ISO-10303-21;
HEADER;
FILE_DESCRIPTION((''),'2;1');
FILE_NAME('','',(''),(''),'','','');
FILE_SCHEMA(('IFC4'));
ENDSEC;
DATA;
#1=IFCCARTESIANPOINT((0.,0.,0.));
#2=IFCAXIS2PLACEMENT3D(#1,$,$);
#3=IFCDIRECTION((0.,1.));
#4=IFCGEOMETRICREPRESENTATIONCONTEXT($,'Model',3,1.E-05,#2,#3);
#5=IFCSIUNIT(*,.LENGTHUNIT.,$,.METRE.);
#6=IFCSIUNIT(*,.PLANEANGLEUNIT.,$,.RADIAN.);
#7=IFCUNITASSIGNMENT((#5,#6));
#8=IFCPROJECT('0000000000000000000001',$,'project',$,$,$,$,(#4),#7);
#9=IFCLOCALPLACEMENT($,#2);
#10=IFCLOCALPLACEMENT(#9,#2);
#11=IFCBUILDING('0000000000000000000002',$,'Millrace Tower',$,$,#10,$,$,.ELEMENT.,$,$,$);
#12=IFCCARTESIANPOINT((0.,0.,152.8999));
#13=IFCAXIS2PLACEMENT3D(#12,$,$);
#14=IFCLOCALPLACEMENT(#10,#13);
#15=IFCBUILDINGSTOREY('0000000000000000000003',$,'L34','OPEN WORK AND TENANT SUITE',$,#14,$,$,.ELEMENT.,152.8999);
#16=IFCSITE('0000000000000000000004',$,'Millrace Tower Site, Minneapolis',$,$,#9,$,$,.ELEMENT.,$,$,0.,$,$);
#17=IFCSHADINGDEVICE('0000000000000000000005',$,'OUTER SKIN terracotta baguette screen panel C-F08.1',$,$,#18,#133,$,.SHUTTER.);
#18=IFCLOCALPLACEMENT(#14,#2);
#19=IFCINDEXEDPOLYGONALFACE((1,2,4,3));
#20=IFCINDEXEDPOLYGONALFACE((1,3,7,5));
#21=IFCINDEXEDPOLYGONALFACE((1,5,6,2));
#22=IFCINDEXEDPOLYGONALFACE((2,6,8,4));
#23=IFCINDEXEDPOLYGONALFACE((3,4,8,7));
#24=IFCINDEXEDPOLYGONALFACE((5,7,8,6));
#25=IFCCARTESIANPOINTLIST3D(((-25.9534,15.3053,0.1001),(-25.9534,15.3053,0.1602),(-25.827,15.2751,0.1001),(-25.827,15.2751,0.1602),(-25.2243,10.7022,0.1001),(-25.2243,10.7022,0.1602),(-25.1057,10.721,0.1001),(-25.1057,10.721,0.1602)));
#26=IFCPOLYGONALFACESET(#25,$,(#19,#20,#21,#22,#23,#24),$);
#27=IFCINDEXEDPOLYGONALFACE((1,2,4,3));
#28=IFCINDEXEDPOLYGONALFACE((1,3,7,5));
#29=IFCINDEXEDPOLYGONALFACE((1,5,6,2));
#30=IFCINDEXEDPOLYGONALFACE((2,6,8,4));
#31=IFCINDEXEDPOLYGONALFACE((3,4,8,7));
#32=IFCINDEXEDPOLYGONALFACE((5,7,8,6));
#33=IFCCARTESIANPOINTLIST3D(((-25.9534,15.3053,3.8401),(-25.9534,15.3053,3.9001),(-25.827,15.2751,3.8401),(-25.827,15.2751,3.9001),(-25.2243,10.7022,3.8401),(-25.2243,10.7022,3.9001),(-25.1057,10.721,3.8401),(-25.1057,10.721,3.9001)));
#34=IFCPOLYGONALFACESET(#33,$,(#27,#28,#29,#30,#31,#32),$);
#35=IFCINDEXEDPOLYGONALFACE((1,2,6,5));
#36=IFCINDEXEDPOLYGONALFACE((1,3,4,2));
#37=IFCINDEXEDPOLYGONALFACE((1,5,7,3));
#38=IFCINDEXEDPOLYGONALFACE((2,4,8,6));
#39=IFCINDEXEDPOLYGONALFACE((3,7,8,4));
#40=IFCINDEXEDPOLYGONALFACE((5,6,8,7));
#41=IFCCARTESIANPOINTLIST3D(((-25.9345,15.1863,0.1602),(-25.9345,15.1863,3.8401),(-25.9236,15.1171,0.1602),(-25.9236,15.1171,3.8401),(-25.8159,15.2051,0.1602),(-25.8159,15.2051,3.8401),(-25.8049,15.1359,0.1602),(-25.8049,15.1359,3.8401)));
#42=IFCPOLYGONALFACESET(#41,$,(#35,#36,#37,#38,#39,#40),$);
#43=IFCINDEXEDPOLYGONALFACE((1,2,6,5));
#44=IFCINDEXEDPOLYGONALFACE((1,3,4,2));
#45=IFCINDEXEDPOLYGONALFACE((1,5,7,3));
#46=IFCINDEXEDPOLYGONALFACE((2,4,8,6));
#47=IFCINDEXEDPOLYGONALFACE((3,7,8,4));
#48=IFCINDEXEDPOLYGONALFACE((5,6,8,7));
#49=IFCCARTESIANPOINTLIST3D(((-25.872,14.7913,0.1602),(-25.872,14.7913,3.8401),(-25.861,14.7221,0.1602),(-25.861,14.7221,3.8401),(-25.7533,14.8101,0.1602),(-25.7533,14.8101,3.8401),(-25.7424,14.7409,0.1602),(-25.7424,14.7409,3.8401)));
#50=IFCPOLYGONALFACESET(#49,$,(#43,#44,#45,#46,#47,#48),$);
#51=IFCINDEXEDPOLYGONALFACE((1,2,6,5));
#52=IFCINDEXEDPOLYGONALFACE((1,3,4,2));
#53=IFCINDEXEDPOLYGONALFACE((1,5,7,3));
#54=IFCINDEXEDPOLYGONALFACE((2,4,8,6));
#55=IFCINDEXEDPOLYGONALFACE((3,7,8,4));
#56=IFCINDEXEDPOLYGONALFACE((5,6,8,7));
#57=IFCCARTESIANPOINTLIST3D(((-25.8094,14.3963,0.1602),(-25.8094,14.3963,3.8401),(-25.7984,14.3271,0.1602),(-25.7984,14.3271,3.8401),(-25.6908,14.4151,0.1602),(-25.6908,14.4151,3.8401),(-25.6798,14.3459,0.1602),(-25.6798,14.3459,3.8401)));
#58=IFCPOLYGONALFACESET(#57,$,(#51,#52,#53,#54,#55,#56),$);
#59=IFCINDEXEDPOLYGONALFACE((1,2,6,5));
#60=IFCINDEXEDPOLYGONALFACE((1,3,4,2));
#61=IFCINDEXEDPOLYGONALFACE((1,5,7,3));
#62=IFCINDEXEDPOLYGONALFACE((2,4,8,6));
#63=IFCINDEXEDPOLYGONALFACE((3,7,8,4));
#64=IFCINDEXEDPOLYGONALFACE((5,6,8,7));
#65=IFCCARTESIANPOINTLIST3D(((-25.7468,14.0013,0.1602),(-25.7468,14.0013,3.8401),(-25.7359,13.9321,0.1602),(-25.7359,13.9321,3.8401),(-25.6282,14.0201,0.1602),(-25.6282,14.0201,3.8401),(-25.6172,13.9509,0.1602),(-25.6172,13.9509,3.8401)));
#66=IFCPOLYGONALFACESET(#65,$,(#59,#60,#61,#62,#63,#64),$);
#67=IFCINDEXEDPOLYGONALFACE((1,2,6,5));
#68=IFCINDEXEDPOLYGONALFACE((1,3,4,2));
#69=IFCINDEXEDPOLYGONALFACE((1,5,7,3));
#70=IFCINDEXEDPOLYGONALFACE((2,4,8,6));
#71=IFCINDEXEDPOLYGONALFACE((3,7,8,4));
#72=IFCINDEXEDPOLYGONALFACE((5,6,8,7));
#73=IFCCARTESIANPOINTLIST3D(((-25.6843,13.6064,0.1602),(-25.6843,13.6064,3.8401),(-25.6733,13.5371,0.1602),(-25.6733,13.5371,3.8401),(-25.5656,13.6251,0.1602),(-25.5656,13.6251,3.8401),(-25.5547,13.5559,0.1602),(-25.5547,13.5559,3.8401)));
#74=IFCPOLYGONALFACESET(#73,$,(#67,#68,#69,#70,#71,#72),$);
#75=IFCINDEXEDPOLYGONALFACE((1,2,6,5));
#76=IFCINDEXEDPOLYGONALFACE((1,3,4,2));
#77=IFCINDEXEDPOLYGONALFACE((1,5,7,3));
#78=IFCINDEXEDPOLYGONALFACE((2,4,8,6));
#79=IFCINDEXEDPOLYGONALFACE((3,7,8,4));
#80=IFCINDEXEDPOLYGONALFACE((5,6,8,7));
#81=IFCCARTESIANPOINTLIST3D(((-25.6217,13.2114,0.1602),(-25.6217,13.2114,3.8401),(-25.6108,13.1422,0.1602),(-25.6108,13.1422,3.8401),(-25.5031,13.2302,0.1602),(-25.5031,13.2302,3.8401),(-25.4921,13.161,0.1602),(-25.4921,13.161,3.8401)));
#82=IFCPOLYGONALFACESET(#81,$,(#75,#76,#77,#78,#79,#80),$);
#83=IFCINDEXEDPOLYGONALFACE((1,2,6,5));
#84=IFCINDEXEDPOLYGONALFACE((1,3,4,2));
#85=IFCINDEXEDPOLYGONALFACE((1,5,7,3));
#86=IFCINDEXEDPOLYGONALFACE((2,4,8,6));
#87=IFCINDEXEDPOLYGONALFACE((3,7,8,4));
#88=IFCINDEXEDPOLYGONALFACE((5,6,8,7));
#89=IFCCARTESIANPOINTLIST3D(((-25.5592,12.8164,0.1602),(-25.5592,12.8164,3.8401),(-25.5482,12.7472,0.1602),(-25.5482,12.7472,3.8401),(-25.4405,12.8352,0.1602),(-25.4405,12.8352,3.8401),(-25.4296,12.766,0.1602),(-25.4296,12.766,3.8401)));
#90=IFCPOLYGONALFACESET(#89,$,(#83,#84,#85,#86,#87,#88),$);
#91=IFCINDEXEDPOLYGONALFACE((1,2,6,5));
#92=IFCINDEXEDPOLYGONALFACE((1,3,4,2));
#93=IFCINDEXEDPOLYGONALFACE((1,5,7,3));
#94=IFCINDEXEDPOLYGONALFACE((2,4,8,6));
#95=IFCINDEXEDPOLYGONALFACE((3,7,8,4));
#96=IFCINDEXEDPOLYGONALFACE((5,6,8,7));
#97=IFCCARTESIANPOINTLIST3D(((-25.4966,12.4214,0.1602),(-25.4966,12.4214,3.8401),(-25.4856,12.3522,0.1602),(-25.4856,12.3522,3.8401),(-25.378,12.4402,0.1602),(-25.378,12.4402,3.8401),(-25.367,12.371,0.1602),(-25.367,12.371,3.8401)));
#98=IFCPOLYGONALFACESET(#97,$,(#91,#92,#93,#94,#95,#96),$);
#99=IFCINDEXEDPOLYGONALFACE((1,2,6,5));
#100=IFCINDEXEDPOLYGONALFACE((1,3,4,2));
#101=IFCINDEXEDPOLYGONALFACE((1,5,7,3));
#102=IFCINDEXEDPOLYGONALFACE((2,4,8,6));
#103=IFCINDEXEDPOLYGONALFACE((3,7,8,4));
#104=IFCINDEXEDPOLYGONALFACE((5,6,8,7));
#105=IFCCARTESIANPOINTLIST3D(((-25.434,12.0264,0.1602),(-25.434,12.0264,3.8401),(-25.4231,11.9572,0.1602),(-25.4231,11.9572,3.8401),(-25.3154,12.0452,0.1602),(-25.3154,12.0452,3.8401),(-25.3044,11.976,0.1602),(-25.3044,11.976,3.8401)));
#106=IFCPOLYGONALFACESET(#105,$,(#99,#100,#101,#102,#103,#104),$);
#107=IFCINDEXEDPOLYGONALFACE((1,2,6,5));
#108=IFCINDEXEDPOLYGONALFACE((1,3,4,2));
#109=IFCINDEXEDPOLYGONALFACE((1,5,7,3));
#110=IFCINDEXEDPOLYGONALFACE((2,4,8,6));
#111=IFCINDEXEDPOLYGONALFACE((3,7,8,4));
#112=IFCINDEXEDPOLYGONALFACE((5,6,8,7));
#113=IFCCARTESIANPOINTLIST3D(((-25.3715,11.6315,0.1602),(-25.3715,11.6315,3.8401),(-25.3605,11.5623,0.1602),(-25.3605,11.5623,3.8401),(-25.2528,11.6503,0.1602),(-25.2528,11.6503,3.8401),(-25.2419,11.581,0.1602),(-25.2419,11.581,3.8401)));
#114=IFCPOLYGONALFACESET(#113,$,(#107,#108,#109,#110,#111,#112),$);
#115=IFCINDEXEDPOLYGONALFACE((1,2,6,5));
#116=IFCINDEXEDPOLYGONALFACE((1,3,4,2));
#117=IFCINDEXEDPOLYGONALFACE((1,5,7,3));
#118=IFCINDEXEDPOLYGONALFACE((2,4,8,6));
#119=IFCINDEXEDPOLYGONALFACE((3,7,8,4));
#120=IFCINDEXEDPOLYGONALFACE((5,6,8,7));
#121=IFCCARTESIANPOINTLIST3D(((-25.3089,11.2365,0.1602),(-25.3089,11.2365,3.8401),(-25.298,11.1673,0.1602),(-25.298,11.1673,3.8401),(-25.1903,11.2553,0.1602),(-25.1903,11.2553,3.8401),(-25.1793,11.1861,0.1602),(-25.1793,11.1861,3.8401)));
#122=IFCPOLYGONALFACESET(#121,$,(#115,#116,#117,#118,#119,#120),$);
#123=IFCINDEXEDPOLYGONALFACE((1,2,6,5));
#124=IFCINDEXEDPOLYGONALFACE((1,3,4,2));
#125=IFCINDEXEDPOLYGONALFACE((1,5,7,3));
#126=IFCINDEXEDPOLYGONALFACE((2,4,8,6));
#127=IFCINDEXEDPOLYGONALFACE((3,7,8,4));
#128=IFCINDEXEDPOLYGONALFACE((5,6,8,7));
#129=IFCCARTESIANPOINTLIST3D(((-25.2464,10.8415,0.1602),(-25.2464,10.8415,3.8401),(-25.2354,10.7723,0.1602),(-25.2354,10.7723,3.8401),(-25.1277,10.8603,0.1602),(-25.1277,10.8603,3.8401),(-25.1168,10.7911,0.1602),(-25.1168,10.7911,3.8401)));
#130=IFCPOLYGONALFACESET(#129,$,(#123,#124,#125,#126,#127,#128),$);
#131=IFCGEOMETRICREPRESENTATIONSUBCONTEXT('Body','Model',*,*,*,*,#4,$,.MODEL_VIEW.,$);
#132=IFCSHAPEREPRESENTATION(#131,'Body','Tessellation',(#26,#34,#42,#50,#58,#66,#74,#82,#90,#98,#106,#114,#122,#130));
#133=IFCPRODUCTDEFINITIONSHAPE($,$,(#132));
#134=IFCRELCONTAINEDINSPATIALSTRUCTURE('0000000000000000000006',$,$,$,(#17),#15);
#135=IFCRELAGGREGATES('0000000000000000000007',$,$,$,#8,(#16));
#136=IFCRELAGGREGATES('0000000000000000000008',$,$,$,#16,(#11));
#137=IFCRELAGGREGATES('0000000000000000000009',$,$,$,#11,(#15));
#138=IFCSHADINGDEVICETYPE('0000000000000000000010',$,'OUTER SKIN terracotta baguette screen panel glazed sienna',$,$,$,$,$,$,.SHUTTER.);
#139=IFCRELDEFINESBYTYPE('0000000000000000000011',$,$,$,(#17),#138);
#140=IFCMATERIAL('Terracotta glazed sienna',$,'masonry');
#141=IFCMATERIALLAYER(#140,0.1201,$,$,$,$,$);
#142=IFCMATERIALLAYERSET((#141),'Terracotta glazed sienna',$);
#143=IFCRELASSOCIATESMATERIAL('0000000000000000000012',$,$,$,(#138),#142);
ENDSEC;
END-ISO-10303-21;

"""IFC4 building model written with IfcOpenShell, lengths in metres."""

from ifc_helpers import new_model, entity, si_unit, direction, frame, frame_2d, origin, place, context, subcontext, project, spatial, rectangle, extrude, source, transform, mapped, material, layer, layer_set, type_object, element, save


model = new_model("IFC4")

# Units and contexts
model_context = context("Model", 3, precision=1e-05, world=origin(), true_north=direction((0.0, 1.0)))
body_context = subcontext(model_context, "Body", "Model", "MODEL_VIEW")
ifc_project = project(units=[si_unit("LENGTHUNIT", "METRE"), si_unit("PLANEANGLEUNIT", "RADIAN")], contexts=[model_context])

# Site, building, storey
site_placement = place(None, origin())
site = spatial("IfcSite", under=ifc_project, at=site_placement, Name="Millrace Tower Site, Minneapolis", CompositionType="ELEMENT", RefElevation=0.0)
building_placement = place(site_placement, origin())
building = spatial("IfcBuilding", under=site, at=building_placement, Name="Millrace Tower", CompositionType="ELEMENT")
storey_placement = place(building_placement, frame((0.0, 0.0, 152.8999)))
storey = spatial("IfcBuildingStorey", under=building, at=storey_placement, Name="L34", Description="OPEN WORK AND TENANT SUITE", CompositionType="ELEMENT", Elevation=152.8999)

# Shading device
ifc_material_1 = material(Name="Terracotta glazed sienna", Category="masonry")
ifc_layer_1 = layer(ifc_material_1, 0.1201)
ifc_layer_set_1 = layer_set([ifc_layer_1], Name="Terracotta glazed sienna")
shading_device_type = type_object("IfcShadingDeviceType", Name="OUTER SKIN terracotta baguette screen panel glazed sienna", PredefinedType="SHUTTER", material=ifc_layer_set_1)
cartesian_point_1 = entity("IfcCartesianPoint", [-2.293, 0.0601])
shared_polyline_1 = entity("IfcPolyline", [cartesian_point_1, entity("IfcCartesianPoint", [2.3179, 0.0601]), entity("IfcCartesianPoint", [2.3179, -0.0601]), entity("IfcCartesianPoint", [-2.3425, -0.0601]), cartesian_point_1])
shared_shape_1 = source(origin(), body_context, "Body", "SweptSolid", [
    entity("IfcExtrudedAreaSolid", entity("IfcArbitraryClosedProfileDef", "AREA", None, shared_polyline_1), entity("IfcAxis2Placement3D", entity("IfcCartesianPoint", [0.0, 0.0, 0.0])), entity("IfcDirection", [0.0, 0.0, 1.0]), 0.0601),
    entity("IfcExtrudedAreaSolid", entity("IfcArbitraryClosedProfileDef", "AREA", None, shared_polyline_1), entity("IfcAxis2Placement3D", entity("IfcCartesianPoint", [0.0, 0.0, 3.74])), entity("IfcDirection", [0.0, 0.0, 1.0]), 0.0601),
    extrude(rectangle(XDim=0.0701, YDim=0.1201, at=frame_2d((-2.187, 0.0))), frame((0.0, 0.0, 0.0601)), (0.0, 0.0, 1.0), 3.6799),
    extrude(rectangle(XDim=0.0701, YDim=0.1201, at=frame_2d((-1.7871, 0.0))), frame((0.0, 0.0, 0.0601)), (0.0, 0.0, 1.0), 3.6799),
    extrude(rectangle(XDim=0.0701, YDim=0.1201, at=frame_2d((-1.3872, 0.0))), frame((0.0, 0.0, 0.0601)), (0.0, 0.0, 1.0), 3.6799),
    extrude(rectangle(XDim=0.0701, YDim=0.1201, at=frame_2d((-0.9873, 0.0))), frame((0.0, 0.0, 0.0601)), (0.0, 0.0, 1.0), 3.6799),
    extrude(rectangle(XDim=0.0701, YDim=0.1201, at=frame_2d((-0.5874, 0.0))), frame((0.0, 0.0, 0.0601)), (0.0, 0.0, 1.0), 3.6799),
    extrude(rectangle(XDim=0.0701, YDim=0.1201, at=frame_2d((-0.1875, 0.0))), frame((0.0, 0.0, 0.0601)), (0.0, 0.0, 1.0), 3.6799),
    extrude(rectangle(XDim=0.0701, YDim=0.1201, at=frame_2d((0.2124, 0.0))), frame((0.0, 0.0, 0.0601)), (0.0, 0.0, 1.0), 3.6799),
    extrude(rectangle(XDim=0.0701, YDim=0.1201, at=frame_2d((0.6123, 0.0))), frame((0.0, 0.0, 0.0601)), (0.0, 0.0, 1.0), 3.6799),
    extrude(rectangle(XDim=0.0701, YDim=0.1201, at=frame_2d((1.0122, 0.0))), frame((0.0, 0.0, 0.0601)), (0.0, 0.0, 1.0), 3.6799),
    extrude(rectangle(XDim=0.0701, YDim=0.1201, at=frame_2d((1.4121, 0.0))), frame((0.0, 0.0, 0.0601)), (0.0, 0.0, 1.0), 3.6799),
    extrude(rectangle(XDim=0.0701, YDim=0.1201, at=frame_2d((1.812, 0.0))), frame((0.0, 0.0, 0.0601)), (0.0, 0.0, 1.0), 3.6799),
    extrude(rectangle(XDim=0.0701, YDim=0.1201, at=frame_2d((2.2119, 0.0))), frame((0.0, 0.0, 0.0601)), (0.0, 0.0, 1.0), 3.6799),
])
shading_device_1_placement = place(storey_placement, frame((-25.5276, 13.001, 0.1001), z_axis=(0.0, 0.0, 1.0), x_axis=(0.156434, -0.987688, 0.0)))
element("IfcShadingDevice", 1, at=shading_device_1_placement, inside=storey, type_object=shading_device_type, Name="OUTER SKIN terracotta baguette screen panel C-F08.1", PredefinedType="SHUTTER", context=body_context, shape_type="MappedRepresentation", body=[
    mapped(shared_shape_1, transform((0.0, 0.0, 0.0), scale=1.0)),
])

save(model, "model.ifc")
